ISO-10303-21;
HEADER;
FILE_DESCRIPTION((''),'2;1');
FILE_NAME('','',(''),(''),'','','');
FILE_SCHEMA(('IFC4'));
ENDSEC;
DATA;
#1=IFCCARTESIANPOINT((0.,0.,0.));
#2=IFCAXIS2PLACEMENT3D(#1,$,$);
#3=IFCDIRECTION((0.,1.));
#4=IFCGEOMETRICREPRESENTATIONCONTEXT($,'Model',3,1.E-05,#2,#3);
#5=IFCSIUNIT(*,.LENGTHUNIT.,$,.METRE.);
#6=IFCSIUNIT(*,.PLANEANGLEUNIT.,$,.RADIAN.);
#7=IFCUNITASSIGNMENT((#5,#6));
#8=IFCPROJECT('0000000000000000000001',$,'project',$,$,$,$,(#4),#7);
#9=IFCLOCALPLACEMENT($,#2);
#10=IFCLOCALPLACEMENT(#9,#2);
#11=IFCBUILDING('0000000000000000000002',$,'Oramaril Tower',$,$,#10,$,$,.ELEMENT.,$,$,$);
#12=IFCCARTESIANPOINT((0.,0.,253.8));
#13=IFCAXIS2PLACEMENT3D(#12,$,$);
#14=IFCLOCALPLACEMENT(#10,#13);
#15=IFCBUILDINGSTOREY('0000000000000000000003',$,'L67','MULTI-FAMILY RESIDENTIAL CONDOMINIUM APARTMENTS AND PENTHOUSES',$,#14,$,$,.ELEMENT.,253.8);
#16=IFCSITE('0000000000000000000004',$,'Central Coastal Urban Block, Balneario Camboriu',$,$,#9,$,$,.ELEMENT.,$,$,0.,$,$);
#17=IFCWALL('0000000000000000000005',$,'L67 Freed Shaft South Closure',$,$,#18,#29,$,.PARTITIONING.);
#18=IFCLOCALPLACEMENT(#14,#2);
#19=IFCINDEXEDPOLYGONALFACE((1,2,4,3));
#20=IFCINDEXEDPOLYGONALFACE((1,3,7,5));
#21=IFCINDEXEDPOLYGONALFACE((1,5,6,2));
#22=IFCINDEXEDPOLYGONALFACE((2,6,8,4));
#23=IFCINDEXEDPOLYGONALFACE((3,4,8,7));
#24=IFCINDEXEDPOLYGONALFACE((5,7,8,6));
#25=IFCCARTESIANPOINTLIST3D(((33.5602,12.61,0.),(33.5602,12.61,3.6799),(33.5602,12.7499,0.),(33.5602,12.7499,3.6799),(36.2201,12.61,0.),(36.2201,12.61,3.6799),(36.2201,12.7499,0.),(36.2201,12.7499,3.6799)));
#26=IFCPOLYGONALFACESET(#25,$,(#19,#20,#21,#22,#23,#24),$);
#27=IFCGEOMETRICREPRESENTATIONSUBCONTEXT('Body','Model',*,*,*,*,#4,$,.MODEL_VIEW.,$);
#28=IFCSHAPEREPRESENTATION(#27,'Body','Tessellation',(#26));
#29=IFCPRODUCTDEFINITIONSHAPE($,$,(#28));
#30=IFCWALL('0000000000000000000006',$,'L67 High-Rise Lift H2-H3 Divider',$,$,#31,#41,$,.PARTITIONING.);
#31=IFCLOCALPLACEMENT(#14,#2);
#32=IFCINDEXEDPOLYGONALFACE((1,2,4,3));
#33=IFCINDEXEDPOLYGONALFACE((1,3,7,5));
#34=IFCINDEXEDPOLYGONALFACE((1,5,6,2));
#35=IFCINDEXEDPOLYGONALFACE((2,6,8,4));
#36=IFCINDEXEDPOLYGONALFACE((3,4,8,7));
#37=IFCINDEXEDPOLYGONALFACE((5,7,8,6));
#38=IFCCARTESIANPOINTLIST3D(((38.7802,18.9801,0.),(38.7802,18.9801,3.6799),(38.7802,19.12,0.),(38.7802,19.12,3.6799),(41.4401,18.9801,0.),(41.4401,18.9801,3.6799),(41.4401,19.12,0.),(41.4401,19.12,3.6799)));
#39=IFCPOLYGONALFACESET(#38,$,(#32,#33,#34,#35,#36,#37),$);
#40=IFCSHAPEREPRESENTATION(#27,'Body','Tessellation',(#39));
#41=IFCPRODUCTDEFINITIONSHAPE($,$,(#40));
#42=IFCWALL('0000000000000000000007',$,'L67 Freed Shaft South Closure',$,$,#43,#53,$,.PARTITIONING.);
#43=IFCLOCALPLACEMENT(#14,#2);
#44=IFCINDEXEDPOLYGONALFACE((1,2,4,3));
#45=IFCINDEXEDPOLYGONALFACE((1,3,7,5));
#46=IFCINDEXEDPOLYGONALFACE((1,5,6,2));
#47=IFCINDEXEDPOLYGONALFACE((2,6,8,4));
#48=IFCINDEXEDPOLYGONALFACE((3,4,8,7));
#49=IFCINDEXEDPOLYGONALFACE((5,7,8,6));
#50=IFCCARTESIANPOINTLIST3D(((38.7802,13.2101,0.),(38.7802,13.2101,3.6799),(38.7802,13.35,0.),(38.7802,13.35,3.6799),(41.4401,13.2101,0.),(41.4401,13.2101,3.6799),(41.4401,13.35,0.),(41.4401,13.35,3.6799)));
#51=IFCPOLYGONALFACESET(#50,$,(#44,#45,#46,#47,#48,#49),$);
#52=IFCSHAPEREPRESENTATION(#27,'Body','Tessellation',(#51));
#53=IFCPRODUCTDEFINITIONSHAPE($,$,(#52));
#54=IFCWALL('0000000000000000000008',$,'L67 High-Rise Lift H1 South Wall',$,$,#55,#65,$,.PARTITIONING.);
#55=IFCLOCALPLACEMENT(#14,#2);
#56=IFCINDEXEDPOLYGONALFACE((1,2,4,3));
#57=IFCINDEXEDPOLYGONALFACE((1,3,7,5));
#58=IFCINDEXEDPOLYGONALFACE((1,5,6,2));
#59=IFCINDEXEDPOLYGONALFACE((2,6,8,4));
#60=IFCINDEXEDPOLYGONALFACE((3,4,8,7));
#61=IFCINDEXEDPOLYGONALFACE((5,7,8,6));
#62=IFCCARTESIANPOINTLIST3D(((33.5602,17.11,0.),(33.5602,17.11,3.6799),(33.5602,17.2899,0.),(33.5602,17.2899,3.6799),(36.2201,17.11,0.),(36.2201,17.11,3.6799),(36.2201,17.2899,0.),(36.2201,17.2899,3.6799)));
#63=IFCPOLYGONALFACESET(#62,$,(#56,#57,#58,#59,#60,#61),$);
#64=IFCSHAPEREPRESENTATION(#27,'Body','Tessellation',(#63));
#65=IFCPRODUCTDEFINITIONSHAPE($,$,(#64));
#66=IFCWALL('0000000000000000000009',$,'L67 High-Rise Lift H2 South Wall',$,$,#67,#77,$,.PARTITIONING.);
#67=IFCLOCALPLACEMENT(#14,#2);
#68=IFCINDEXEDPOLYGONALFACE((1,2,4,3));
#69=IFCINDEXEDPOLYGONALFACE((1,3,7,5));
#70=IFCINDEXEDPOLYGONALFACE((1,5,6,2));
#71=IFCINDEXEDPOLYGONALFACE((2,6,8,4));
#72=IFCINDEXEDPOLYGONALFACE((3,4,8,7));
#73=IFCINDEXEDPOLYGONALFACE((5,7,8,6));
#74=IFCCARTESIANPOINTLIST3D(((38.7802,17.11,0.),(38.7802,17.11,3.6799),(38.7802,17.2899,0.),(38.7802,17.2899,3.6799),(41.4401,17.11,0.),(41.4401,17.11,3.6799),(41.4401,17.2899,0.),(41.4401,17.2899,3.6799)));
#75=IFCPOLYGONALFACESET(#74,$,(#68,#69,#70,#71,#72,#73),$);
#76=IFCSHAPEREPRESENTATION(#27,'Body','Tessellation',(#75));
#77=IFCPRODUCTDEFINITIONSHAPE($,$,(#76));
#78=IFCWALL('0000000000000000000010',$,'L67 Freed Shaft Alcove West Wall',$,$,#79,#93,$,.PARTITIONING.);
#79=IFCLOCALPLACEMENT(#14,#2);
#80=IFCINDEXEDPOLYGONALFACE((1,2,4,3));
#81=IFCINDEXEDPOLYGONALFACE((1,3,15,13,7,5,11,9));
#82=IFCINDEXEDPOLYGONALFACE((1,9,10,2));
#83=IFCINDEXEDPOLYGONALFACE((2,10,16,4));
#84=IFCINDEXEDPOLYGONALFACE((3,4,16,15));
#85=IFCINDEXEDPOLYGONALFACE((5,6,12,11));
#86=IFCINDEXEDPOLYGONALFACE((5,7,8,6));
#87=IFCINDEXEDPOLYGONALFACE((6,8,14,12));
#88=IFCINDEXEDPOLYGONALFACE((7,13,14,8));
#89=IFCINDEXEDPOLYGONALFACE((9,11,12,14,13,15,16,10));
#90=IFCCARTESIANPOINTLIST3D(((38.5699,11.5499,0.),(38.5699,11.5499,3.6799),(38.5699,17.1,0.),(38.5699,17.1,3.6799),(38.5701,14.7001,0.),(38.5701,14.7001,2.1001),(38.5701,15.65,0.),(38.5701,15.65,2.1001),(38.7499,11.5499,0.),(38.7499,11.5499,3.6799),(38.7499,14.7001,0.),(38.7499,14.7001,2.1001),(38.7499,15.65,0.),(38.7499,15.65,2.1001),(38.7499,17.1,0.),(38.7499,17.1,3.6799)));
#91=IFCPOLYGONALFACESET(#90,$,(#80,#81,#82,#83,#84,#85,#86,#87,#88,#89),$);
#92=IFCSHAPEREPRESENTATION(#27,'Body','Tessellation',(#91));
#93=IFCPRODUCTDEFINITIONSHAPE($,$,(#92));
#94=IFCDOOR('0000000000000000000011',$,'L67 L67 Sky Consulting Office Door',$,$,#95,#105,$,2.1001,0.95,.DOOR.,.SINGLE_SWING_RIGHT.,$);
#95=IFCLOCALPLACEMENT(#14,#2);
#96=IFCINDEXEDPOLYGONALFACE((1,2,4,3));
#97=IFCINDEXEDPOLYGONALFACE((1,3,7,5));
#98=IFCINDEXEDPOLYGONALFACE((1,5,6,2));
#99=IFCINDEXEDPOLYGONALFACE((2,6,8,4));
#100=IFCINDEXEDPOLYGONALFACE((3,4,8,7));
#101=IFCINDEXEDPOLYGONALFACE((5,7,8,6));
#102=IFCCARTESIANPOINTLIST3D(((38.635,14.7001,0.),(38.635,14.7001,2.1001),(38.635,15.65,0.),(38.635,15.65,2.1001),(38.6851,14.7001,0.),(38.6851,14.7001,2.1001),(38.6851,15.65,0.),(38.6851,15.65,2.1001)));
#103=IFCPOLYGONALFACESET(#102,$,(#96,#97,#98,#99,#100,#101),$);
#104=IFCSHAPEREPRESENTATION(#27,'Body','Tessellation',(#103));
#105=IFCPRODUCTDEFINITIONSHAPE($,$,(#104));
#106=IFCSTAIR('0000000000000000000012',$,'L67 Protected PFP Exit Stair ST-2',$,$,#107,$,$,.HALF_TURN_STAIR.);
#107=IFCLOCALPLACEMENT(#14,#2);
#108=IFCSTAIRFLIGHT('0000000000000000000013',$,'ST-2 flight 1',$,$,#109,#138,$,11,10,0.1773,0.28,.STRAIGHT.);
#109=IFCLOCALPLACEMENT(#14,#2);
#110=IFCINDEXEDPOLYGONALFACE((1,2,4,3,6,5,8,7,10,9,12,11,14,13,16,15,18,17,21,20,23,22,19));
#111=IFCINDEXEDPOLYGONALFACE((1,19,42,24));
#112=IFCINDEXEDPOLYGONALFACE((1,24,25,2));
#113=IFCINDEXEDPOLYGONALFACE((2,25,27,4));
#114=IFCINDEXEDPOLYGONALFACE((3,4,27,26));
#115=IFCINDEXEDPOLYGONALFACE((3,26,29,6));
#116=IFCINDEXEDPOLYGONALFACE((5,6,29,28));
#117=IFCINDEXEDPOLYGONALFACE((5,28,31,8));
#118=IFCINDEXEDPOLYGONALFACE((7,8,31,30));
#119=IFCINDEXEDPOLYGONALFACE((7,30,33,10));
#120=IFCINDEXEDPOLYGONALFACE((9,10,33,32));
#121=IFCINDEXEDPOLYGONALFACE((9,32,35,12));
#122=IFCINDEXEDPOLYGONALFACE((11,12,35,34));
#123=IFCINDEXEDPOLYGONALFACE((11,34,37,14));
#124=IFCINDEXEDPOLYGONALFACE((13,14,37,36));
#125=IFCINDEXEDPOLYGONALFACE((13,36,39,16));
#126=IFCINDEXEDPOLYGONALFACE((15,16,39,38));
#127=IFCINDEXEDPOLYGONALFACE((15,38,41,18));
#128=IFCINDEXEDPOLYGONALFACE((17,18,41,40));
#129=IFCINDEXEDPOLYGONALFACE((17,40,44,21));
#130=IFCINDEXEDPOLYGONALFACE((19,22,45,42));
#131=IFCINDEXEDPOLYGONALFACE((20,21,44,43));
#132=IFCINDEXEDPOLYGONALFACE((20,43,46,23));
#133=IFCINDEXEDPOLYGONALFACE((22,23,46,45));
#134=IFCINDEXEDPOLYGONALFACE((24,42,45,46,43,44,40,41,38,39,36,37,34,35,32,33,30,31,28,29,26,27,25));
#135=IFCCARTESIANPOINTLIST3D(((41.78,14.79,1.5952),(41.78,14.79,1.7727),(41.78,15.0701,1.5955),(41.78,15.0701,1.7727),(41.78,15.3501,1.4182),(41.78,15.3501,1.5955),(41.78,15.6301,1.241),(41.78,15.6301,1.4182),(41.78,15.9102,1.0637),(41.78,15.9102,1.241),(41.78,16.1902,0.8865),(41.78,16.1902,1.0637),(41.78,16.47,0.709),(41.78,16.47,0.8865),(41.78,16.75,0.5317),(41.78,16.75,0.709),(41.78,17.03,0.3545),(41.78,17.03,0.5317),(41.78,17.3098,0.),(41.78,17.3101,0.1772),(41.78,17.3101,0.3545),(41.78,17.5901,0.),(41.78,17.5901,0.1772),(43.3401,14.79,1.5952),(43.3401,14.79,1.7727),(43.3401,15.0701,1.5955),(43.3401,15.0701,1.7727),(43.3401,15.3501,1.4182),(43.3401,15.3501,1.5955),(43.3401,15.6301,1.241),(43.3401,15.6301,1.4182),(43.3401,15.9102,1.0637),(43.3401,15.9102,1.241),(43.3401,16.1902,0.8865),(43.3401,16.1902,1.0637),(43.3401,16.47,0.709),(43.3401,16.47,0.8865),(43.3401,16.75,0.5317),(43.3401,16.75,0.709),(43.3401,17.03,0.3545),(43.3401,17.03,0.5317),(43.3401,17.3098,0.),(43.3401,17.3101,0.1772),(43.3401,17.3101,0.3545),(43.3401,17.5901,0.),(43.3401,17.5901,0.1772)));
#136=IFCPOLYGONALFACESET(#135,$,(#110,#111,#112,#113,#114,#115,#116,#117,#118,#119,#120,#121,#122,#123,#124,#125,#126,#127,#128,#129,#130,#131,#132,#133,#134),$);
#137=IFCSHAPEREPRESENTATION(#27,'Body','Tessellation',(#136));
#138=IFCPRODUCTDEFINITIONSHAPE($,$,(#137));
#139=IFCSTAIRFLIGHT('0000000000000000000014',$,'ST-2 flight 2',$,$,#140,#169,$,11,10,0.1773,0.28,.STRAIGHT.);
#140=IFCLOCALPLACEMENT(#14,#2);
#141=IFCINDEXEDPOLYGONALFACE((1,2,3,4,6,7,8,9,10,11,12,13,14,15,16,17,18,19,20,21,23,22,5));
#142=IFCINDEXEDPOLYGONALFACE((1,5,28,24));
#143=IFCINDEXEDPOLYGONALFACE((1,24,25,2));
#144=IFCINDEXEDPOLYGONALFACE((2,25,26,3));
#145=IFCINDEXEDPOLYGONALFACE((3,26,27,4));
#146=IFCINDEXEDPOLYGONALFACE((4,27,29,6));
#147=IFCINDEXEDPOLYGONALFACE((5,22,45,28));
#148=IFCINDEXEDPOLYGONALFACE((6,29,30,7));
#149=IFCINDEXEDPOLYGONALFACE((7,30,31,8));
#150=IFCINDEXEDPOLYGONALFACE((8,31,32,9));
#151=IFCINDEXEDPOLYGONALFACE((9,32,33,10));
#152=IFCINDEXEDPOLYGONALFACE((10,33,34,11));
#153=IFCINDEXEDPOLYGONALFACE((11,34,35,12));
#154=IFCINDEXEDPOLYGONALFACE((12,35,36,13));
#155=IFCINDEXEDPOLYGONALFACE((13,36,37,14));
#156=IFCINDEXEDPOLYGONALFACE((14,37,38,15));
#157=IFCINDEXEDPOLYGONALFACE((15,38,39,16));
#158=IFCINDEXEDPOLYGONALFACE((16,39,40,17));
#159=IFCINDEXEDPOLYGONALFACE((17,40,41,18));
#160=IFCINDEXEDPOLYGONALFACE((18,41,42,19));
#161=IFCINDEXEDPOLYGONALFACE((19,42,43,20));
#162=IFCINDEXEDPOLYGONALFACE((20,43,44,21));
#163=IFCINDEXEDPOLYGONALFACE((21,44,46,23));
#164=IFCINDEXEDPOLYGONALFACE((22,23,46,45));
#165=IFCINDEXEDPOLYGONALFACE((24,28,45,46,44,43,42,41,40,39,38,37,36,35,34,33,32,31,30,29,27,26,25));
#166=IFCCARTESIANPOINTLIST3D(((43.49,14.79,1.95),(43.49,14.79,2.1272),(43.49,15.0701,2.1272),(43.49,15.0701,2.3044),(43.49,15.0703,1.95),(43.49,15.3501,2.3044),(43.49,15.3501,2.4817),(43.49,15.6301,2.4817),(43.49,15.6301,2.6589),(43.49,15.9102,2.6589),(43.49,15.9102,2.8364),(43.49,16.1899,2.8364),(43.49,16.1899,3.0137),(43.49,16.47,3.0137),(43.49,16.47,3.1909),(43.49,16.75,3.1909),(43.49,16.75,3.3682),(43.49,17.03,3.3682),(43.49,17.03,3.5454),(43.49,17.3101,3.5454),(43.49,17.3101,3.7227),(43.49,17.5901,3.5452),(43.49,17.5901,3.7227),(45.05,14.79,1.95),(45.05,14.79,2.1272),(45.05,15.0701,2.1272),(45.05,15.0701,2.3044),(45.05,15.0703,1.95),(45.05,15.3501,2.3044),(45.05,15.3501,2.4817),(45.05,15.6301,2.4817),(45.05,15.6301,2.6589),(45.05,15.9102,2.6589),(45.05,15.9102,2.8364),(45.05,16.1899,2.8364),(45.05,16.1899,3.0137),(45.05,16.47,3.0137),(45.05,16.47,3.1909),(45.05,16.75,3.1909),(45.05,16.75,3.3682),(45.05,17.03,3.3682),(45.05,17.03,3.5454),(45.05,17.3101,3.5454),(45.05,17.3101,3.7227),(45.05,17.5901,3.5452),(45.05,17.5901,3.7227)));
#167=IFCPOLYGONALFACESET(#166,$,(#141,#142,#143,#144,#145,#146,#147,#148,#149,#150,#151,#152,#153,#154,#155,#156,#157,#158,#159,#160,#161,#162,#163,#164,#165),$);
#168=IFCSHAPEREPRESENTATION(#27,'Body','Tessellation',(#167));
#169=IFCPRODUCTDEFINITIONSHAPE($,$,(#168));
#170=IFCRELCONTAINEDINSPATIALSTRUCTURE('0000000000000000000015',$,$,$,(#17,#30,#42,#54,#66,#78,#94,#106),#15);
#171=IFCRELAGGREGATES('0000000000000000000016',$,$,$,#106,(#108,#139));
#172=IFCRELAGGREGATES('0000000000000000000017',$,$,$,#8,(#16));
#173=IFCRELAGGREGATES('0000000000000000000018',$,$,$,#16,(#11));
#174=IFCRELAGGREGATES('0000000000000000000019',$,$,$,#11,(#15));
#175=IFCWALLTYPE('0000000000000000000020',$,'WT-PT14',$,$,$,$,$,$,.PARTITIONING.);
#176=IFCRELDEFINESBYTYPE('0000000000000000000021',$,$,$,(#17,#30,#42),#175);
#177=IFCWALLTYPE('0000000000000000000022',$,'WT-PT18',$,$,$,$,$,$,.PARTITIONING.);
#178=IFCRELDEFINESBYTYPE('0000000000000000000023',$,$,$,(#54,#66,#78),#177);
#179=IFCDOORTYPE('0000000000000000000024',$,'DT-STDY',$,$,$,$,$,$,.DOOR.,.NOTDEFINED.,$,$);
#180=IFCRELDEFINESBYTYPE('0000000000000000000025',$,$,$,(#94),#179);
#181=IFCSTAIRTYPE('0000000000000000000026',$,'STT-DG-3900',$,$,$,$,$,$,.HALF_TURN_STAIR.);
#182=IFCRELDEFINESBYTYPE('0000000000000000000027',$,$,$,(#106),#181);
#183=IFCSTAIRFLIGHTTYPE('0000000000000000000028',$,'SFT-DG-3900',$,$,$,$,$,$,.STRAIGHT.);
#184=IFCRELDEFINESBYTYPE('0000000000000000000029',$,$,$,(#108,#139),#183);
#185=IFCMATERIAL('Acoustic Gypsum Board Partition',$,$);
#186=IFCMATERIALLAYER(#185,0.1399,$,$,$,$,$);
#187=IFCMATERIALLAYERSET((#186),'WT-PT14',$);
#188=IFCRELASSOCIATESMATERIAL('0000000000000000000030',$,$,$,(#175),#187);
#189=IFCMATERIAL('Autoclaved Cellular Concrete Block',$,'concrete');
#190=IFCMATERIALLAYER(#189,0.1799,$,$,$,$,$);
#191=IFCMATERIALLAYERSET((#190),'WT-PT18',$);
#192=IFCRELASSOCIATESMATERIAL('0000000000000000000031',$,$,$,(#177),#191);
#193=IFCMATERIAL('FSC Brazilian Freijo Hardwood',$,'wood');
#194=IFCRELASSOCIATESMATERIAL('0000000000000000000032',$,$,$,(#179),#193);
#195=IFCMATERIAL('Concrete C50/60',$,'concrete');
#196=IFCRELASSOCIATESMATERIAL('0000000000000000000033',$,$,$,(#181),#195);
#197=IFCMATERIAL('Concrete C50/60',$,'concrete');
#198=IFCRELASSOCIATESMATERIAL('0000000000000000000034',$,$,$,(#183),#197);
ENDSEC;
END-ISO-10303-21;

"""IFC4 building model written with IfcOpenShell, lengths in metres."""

from ifc_helpers import new_model, si_unit, direction, frame, frame_2d, origin, place, context, subcontext, project, spatial, polyline, rectangle, outline, extrude, material, layer, layer_set, type_object, element, fill, aggregate, save


model = new_model("IFC4")

# Units and contexts
model_context = context("Model", 3, precision=1e-05, world=origin(), true_north=direction((0.0, 1.0)))
body_context = subcontext(model_context, "Body", "Model", "MODEL_VIEW")
ifc_project = project(units=[si_unit("LENGTHUNIT", "METRE"), si_unit("PLANEANGLEUNIT", "RADIAN")], contexts=[model_context])

# Site, building, storey
site_placement = place(None, origin())
site = spatial("IfcSite", under=ifc_project, at=site_placement, Name="Central Coastal Urban Block, Balneario Camboriu", CompositionType="ELEMENT", RefElevation=0.0)
building_placement = place(site_placement, origin())
building = spatial("IfcBuilding", under=site, at=building_placement, Name="Oramaril Tower", CompositionType="ELEMENT")
storey_placement = place(building_placement, frame((0.0, 0.0, 253.8)))
storey = spatial("IfcBuildingStorey", under=building, at=storey_placement, Name="L67", Description="MULTI-FAMILY RESIDENTIAL CONDOMINIUM APARTMENTS AND PENTHOUSES", CompositionType="ELEMENT", Elevation=253.8)

# Walls
ifc_material_1 = material(Name="Acoustic Gypsum Board Partition")
ifc_layer_1 = layer(ifc_material_1, 0.1399)
ifc_layer_set_1 = layer_set([ifc_layer_1], Name="WT-PT14")
wall_type_1 = type_object("IfcWallType", Name="WT-PT14", PredefinedType="PARTITIONING", material=ifc_layer_set_1)
for number, where, z_axis, x_axis, name in (
    (1, (33.5601, 12.6799, 0.0), (0.0, 0.0, 1.0), (1.0, 0.0, 0.0), "L67 Freed Shaft South Closure"),
    (2, (38.78, 19.05, 0.0), (0.0, 0.0, 1.0), (1.0, 0.0, 0.0), "L67 High-Rise Lift H2-H3 Divider"),
    (3, (38.78, 13.28, 0.0), (0.0, 0.0, 1.0), (1.0, 0.0, 0.0), "L67 Freed Shaft South Closure"),
):
    element("IfcWall", number, at=place(storey_placement, frame(where, z_axis=z_axis, x_axis=x_axis)), inside=storey, type_object=wall_type_1, Name=name, PredefinedType="PARTITIONING", context=body_context, shape_type="SweptSolid", body=[
        extrude(rectangle(XDim=2.6599, YDim=0.1399, at=frame_2d((1.3301, 0.0))), origin(), (0.0, 0.0, 1.0), 3.6799),
    ])
ifc_material_2 = material(Name="Autoclaved Cellular Concrete Block", Category="concrete")
ifc_layer_2 = layer(ifc_material_2, 0.1799)
ifc_layer_set_2 = layer_set([ifc_layer_2], Name="WT-PT18")
wall_type_2 = type_object("IfcWallType", Name="WT-PT18", PredefinedType="PARTITIONING", material=ifc_layer_set_2)
for number, where, z_axis, x_axis, name in (
    (4, (33.5601, 17.2, 0.0), (0.0, 0.0, 1.0), (1.0, 0.0, 0.0), "L67 High-Rise Lift H1 South Wall"),
    (5, (38.78, 17.2, 0.0), (0.0, 0.0, 1.0), (1.0, 0.0, 0.0), "L67 High-Rise Lift H2 South Wall"),
):
    element("IfcWall", number, at=place(storey_placement, frame(where, z_axis=z_axis, x_axis=x_axis)), inside=storey, type_object=wall_type_2, Name=name, PredefinedType="PARTITIONING", context=body_context, shape_type="SweptSolid", body=[
        extrude(rectangle(XDim=2.6599, YDim=0.1799, at=frame_2d((1.3301, 0.0))), origin(), (0.0, 0.0, 1.0), 3.6799),
    ])

# Wall, opening, door
wall_1_placement = place(storey_placement, frame((38.6599, 11.55, 0.0), z_axis=(0.0, 0.0, 1.0), x_axis=(0.0, 1.0, 0.0)))
wall_1 = element("IfcWall", 6, at=wall_1_placement, inside=storey, type_object=wall_type_2, Name="L67 Freed Shaft Alcove West Wall", PredefinedType="PARTITIONING", context=body_context, shape_type="SweptSolid", body=[
    extrude(rectangle(XDim=5.55, YDim=0.1799, at=frame_2d((2.7749, 0.0))), origin(), (0.0, 0.0, 1.0), 3.6799),
])
opening_1_placement = place(wall_1_placement, frame((3.1499, 0.0, 0.0)))
opening_1 = element("IfcOpeningElement", 7, at=opening_1_placement, cuts=wall_1, PredefinedType="OPENING", context=body_context, shape_type="SweptSolid", body=[
    extrude(rectangle(XDim=0.95, YDim=2.1001, at=frame_2d((0.4751, 1.05))), frame((0.0, 0.0898, 0.0), z_axis=(0.0, -1.0, 0.0), x_axis=(1.0, 0.0, 0.0)), (0.0, 0.0, 1.0), 0.1799),
])
ifc_material_3 = material(Name="FSC Brazilian Freijo Hardwood", Category="wood")
door_type_1 = type_object("IfcDoorType", Name="DT-STDY", OperationType="NOTDEFINED", PredefinedType="DOOR", material=ifc_material_3)
door_1_placement = place(opening_1_placement, origin())
door_1 = element("IfcDoor", 8, at=door_1_placement, inside=storey, type_object=door_type_1, Name="L67 L67 Sky Consulting Office Door", OperationType="SINGLE_SWING_RIGHT", OverallHeight=2.1001, OverallWidth=0.95, PredefinedType="DOOR", context=body_context, shape_type="SweptSolid", body=[
    extrude(rectangle(XDim=0.95, YDim=2.1001, at=frame_2d((0.4751, 1.05))), frame((0.0, 0.0249, 0.0), z_axis=(0.0, -1.0, 0.0), x_axis=(1.0, 0.0, 0.0)), (0.0, 0.0, 1.0), 0.05),
])
fill(opening_1, door_1)

# Stair, stair flights
ifc_material_4 = material(Name="Concrete C50/60", Category="concrete")
stair_type = type_object("IfcStairType", Name="STT-DG-3900", PredefinedType="HALF_TURN_STAIR", material=ifc_material_4)
stair_placement = place(storey_placement, origin())
stair = element("IfcStair", 9, at=stair_placement, inside=storey, type_object=stair_type, Name="L67 Protected PFP Exit Stair ST-2", PredefinedType="HALF_TURN_STAIR")
ifc_material_5 = material(Name="Concrete C50/60", Category="concrete")
stair_flight_type = type_object("IfcStairFlightType", Name="SFT-DG-3900", PredefinedType="STRAIGHT", material=ifc_material_5)
stair_flight_1_placement = place(storey_placement, frame((42.5601, 17.5901, 0.0), z_axis=(0.0, 0.0, 1.0), x_axis=(0.0, -1.0, 0.0)))
stair_flight_1 = element("IfcStairFlight", 10, at=stair_flight_1_placement, type_object=stair_flight_type, Name="ST-2 flight 1", NumberOfRisers=11, NumberOfTreads=10, PredefinedType="STRAIGHT", RiserHeight=0.1773, TreadLength=0.28, context=body_context, shape_type="SweptSolid", body=[
    extrude(outline(polyline([(0.0, 0.0), (0.0, 0.1772), (0.28, 0.1772), (0.28, 0.3545), (0.5601, 0.3545), (0.5601, 0.5317), (0.8401, 0.5317), (0.8401, 0.709), (1.1201, 0.709), (1.1201, 0.8865), (1.3999, 0.8865), (1.3999, 1.0637), (1.6799, 1.0637), (1.6799, 1.241), (1.96, 1.241), (1.96, 1.4182), (2.24, 1.4182), (2.24, 1.5955), (2.52, 1.5955), (2.52, 1.7727), (2.8, 1.7727), (2.8, 1.95), (2.8, 1.5952), (0.2803, 0.0), (0.0, 0.0)])), frame((0.0, 0.78, 0.0), z_axis=(0.0, -1.0, 0.0), x_axis=(1.0, 0.0, 0.0)), (0.0, 0.0, 1.0), 1.5601),
])
stair_flight_2_placement = place(storey_placement, frame((44.27, 14.79, 1.95), z_axis=(0.0, 0.0, 1.0), x_axis=(0.0, 1.0, 0.0)))
stair_flight_2 = element("IfcStairFlight", 11, at=stair_flight_2_placement, type_object=stair_flight_type, Name="ST-2 flight 2", NumberOfRisers=11, NumberOfTreads=10, PredefinedType="STRAIGHT", RiserHeight=0.1773, TreadLength=0.28, context=body_context, shape_type="SweptSolid", body=[
    extrude(outline(polyline([(0.0, 0.0), (0.0, 0.1772), (0.28, 0.1772), (0.28, 0.3545), (0.5601, 0.3545), (0.5601, 0.5317), (0.8401, 0.5317), (0.8401, 0.709), (1.1201, 0.709), (1.1201, 0.8865), (1.3999, 0.8865), (1.3999, 1.0637), (1.6799, 1.0637), (1.6799, 1.241), (1.96, 1.241), (1.96, 1.4182), (2.24, 1.4182), (2.24, 1.5955), (2.52, 1.5955), (2.52, 1.7727), (2.8, 1.7727), (2.8, 1.95), (2.8, 1.5952), (0.2803, 0.0), (0.0, 0.0)])), frame((0.0, 0.78, 0.0), z_axis=(0.0, -1.0, 0.0), x_axis=(1.0, 0.0, 0.0)), (0.0, 0.0, 1.0), 1.5601),
])
aggregate(stair, [stair_flight_1, stair_flight_2])

save(model, "model.ifc")
